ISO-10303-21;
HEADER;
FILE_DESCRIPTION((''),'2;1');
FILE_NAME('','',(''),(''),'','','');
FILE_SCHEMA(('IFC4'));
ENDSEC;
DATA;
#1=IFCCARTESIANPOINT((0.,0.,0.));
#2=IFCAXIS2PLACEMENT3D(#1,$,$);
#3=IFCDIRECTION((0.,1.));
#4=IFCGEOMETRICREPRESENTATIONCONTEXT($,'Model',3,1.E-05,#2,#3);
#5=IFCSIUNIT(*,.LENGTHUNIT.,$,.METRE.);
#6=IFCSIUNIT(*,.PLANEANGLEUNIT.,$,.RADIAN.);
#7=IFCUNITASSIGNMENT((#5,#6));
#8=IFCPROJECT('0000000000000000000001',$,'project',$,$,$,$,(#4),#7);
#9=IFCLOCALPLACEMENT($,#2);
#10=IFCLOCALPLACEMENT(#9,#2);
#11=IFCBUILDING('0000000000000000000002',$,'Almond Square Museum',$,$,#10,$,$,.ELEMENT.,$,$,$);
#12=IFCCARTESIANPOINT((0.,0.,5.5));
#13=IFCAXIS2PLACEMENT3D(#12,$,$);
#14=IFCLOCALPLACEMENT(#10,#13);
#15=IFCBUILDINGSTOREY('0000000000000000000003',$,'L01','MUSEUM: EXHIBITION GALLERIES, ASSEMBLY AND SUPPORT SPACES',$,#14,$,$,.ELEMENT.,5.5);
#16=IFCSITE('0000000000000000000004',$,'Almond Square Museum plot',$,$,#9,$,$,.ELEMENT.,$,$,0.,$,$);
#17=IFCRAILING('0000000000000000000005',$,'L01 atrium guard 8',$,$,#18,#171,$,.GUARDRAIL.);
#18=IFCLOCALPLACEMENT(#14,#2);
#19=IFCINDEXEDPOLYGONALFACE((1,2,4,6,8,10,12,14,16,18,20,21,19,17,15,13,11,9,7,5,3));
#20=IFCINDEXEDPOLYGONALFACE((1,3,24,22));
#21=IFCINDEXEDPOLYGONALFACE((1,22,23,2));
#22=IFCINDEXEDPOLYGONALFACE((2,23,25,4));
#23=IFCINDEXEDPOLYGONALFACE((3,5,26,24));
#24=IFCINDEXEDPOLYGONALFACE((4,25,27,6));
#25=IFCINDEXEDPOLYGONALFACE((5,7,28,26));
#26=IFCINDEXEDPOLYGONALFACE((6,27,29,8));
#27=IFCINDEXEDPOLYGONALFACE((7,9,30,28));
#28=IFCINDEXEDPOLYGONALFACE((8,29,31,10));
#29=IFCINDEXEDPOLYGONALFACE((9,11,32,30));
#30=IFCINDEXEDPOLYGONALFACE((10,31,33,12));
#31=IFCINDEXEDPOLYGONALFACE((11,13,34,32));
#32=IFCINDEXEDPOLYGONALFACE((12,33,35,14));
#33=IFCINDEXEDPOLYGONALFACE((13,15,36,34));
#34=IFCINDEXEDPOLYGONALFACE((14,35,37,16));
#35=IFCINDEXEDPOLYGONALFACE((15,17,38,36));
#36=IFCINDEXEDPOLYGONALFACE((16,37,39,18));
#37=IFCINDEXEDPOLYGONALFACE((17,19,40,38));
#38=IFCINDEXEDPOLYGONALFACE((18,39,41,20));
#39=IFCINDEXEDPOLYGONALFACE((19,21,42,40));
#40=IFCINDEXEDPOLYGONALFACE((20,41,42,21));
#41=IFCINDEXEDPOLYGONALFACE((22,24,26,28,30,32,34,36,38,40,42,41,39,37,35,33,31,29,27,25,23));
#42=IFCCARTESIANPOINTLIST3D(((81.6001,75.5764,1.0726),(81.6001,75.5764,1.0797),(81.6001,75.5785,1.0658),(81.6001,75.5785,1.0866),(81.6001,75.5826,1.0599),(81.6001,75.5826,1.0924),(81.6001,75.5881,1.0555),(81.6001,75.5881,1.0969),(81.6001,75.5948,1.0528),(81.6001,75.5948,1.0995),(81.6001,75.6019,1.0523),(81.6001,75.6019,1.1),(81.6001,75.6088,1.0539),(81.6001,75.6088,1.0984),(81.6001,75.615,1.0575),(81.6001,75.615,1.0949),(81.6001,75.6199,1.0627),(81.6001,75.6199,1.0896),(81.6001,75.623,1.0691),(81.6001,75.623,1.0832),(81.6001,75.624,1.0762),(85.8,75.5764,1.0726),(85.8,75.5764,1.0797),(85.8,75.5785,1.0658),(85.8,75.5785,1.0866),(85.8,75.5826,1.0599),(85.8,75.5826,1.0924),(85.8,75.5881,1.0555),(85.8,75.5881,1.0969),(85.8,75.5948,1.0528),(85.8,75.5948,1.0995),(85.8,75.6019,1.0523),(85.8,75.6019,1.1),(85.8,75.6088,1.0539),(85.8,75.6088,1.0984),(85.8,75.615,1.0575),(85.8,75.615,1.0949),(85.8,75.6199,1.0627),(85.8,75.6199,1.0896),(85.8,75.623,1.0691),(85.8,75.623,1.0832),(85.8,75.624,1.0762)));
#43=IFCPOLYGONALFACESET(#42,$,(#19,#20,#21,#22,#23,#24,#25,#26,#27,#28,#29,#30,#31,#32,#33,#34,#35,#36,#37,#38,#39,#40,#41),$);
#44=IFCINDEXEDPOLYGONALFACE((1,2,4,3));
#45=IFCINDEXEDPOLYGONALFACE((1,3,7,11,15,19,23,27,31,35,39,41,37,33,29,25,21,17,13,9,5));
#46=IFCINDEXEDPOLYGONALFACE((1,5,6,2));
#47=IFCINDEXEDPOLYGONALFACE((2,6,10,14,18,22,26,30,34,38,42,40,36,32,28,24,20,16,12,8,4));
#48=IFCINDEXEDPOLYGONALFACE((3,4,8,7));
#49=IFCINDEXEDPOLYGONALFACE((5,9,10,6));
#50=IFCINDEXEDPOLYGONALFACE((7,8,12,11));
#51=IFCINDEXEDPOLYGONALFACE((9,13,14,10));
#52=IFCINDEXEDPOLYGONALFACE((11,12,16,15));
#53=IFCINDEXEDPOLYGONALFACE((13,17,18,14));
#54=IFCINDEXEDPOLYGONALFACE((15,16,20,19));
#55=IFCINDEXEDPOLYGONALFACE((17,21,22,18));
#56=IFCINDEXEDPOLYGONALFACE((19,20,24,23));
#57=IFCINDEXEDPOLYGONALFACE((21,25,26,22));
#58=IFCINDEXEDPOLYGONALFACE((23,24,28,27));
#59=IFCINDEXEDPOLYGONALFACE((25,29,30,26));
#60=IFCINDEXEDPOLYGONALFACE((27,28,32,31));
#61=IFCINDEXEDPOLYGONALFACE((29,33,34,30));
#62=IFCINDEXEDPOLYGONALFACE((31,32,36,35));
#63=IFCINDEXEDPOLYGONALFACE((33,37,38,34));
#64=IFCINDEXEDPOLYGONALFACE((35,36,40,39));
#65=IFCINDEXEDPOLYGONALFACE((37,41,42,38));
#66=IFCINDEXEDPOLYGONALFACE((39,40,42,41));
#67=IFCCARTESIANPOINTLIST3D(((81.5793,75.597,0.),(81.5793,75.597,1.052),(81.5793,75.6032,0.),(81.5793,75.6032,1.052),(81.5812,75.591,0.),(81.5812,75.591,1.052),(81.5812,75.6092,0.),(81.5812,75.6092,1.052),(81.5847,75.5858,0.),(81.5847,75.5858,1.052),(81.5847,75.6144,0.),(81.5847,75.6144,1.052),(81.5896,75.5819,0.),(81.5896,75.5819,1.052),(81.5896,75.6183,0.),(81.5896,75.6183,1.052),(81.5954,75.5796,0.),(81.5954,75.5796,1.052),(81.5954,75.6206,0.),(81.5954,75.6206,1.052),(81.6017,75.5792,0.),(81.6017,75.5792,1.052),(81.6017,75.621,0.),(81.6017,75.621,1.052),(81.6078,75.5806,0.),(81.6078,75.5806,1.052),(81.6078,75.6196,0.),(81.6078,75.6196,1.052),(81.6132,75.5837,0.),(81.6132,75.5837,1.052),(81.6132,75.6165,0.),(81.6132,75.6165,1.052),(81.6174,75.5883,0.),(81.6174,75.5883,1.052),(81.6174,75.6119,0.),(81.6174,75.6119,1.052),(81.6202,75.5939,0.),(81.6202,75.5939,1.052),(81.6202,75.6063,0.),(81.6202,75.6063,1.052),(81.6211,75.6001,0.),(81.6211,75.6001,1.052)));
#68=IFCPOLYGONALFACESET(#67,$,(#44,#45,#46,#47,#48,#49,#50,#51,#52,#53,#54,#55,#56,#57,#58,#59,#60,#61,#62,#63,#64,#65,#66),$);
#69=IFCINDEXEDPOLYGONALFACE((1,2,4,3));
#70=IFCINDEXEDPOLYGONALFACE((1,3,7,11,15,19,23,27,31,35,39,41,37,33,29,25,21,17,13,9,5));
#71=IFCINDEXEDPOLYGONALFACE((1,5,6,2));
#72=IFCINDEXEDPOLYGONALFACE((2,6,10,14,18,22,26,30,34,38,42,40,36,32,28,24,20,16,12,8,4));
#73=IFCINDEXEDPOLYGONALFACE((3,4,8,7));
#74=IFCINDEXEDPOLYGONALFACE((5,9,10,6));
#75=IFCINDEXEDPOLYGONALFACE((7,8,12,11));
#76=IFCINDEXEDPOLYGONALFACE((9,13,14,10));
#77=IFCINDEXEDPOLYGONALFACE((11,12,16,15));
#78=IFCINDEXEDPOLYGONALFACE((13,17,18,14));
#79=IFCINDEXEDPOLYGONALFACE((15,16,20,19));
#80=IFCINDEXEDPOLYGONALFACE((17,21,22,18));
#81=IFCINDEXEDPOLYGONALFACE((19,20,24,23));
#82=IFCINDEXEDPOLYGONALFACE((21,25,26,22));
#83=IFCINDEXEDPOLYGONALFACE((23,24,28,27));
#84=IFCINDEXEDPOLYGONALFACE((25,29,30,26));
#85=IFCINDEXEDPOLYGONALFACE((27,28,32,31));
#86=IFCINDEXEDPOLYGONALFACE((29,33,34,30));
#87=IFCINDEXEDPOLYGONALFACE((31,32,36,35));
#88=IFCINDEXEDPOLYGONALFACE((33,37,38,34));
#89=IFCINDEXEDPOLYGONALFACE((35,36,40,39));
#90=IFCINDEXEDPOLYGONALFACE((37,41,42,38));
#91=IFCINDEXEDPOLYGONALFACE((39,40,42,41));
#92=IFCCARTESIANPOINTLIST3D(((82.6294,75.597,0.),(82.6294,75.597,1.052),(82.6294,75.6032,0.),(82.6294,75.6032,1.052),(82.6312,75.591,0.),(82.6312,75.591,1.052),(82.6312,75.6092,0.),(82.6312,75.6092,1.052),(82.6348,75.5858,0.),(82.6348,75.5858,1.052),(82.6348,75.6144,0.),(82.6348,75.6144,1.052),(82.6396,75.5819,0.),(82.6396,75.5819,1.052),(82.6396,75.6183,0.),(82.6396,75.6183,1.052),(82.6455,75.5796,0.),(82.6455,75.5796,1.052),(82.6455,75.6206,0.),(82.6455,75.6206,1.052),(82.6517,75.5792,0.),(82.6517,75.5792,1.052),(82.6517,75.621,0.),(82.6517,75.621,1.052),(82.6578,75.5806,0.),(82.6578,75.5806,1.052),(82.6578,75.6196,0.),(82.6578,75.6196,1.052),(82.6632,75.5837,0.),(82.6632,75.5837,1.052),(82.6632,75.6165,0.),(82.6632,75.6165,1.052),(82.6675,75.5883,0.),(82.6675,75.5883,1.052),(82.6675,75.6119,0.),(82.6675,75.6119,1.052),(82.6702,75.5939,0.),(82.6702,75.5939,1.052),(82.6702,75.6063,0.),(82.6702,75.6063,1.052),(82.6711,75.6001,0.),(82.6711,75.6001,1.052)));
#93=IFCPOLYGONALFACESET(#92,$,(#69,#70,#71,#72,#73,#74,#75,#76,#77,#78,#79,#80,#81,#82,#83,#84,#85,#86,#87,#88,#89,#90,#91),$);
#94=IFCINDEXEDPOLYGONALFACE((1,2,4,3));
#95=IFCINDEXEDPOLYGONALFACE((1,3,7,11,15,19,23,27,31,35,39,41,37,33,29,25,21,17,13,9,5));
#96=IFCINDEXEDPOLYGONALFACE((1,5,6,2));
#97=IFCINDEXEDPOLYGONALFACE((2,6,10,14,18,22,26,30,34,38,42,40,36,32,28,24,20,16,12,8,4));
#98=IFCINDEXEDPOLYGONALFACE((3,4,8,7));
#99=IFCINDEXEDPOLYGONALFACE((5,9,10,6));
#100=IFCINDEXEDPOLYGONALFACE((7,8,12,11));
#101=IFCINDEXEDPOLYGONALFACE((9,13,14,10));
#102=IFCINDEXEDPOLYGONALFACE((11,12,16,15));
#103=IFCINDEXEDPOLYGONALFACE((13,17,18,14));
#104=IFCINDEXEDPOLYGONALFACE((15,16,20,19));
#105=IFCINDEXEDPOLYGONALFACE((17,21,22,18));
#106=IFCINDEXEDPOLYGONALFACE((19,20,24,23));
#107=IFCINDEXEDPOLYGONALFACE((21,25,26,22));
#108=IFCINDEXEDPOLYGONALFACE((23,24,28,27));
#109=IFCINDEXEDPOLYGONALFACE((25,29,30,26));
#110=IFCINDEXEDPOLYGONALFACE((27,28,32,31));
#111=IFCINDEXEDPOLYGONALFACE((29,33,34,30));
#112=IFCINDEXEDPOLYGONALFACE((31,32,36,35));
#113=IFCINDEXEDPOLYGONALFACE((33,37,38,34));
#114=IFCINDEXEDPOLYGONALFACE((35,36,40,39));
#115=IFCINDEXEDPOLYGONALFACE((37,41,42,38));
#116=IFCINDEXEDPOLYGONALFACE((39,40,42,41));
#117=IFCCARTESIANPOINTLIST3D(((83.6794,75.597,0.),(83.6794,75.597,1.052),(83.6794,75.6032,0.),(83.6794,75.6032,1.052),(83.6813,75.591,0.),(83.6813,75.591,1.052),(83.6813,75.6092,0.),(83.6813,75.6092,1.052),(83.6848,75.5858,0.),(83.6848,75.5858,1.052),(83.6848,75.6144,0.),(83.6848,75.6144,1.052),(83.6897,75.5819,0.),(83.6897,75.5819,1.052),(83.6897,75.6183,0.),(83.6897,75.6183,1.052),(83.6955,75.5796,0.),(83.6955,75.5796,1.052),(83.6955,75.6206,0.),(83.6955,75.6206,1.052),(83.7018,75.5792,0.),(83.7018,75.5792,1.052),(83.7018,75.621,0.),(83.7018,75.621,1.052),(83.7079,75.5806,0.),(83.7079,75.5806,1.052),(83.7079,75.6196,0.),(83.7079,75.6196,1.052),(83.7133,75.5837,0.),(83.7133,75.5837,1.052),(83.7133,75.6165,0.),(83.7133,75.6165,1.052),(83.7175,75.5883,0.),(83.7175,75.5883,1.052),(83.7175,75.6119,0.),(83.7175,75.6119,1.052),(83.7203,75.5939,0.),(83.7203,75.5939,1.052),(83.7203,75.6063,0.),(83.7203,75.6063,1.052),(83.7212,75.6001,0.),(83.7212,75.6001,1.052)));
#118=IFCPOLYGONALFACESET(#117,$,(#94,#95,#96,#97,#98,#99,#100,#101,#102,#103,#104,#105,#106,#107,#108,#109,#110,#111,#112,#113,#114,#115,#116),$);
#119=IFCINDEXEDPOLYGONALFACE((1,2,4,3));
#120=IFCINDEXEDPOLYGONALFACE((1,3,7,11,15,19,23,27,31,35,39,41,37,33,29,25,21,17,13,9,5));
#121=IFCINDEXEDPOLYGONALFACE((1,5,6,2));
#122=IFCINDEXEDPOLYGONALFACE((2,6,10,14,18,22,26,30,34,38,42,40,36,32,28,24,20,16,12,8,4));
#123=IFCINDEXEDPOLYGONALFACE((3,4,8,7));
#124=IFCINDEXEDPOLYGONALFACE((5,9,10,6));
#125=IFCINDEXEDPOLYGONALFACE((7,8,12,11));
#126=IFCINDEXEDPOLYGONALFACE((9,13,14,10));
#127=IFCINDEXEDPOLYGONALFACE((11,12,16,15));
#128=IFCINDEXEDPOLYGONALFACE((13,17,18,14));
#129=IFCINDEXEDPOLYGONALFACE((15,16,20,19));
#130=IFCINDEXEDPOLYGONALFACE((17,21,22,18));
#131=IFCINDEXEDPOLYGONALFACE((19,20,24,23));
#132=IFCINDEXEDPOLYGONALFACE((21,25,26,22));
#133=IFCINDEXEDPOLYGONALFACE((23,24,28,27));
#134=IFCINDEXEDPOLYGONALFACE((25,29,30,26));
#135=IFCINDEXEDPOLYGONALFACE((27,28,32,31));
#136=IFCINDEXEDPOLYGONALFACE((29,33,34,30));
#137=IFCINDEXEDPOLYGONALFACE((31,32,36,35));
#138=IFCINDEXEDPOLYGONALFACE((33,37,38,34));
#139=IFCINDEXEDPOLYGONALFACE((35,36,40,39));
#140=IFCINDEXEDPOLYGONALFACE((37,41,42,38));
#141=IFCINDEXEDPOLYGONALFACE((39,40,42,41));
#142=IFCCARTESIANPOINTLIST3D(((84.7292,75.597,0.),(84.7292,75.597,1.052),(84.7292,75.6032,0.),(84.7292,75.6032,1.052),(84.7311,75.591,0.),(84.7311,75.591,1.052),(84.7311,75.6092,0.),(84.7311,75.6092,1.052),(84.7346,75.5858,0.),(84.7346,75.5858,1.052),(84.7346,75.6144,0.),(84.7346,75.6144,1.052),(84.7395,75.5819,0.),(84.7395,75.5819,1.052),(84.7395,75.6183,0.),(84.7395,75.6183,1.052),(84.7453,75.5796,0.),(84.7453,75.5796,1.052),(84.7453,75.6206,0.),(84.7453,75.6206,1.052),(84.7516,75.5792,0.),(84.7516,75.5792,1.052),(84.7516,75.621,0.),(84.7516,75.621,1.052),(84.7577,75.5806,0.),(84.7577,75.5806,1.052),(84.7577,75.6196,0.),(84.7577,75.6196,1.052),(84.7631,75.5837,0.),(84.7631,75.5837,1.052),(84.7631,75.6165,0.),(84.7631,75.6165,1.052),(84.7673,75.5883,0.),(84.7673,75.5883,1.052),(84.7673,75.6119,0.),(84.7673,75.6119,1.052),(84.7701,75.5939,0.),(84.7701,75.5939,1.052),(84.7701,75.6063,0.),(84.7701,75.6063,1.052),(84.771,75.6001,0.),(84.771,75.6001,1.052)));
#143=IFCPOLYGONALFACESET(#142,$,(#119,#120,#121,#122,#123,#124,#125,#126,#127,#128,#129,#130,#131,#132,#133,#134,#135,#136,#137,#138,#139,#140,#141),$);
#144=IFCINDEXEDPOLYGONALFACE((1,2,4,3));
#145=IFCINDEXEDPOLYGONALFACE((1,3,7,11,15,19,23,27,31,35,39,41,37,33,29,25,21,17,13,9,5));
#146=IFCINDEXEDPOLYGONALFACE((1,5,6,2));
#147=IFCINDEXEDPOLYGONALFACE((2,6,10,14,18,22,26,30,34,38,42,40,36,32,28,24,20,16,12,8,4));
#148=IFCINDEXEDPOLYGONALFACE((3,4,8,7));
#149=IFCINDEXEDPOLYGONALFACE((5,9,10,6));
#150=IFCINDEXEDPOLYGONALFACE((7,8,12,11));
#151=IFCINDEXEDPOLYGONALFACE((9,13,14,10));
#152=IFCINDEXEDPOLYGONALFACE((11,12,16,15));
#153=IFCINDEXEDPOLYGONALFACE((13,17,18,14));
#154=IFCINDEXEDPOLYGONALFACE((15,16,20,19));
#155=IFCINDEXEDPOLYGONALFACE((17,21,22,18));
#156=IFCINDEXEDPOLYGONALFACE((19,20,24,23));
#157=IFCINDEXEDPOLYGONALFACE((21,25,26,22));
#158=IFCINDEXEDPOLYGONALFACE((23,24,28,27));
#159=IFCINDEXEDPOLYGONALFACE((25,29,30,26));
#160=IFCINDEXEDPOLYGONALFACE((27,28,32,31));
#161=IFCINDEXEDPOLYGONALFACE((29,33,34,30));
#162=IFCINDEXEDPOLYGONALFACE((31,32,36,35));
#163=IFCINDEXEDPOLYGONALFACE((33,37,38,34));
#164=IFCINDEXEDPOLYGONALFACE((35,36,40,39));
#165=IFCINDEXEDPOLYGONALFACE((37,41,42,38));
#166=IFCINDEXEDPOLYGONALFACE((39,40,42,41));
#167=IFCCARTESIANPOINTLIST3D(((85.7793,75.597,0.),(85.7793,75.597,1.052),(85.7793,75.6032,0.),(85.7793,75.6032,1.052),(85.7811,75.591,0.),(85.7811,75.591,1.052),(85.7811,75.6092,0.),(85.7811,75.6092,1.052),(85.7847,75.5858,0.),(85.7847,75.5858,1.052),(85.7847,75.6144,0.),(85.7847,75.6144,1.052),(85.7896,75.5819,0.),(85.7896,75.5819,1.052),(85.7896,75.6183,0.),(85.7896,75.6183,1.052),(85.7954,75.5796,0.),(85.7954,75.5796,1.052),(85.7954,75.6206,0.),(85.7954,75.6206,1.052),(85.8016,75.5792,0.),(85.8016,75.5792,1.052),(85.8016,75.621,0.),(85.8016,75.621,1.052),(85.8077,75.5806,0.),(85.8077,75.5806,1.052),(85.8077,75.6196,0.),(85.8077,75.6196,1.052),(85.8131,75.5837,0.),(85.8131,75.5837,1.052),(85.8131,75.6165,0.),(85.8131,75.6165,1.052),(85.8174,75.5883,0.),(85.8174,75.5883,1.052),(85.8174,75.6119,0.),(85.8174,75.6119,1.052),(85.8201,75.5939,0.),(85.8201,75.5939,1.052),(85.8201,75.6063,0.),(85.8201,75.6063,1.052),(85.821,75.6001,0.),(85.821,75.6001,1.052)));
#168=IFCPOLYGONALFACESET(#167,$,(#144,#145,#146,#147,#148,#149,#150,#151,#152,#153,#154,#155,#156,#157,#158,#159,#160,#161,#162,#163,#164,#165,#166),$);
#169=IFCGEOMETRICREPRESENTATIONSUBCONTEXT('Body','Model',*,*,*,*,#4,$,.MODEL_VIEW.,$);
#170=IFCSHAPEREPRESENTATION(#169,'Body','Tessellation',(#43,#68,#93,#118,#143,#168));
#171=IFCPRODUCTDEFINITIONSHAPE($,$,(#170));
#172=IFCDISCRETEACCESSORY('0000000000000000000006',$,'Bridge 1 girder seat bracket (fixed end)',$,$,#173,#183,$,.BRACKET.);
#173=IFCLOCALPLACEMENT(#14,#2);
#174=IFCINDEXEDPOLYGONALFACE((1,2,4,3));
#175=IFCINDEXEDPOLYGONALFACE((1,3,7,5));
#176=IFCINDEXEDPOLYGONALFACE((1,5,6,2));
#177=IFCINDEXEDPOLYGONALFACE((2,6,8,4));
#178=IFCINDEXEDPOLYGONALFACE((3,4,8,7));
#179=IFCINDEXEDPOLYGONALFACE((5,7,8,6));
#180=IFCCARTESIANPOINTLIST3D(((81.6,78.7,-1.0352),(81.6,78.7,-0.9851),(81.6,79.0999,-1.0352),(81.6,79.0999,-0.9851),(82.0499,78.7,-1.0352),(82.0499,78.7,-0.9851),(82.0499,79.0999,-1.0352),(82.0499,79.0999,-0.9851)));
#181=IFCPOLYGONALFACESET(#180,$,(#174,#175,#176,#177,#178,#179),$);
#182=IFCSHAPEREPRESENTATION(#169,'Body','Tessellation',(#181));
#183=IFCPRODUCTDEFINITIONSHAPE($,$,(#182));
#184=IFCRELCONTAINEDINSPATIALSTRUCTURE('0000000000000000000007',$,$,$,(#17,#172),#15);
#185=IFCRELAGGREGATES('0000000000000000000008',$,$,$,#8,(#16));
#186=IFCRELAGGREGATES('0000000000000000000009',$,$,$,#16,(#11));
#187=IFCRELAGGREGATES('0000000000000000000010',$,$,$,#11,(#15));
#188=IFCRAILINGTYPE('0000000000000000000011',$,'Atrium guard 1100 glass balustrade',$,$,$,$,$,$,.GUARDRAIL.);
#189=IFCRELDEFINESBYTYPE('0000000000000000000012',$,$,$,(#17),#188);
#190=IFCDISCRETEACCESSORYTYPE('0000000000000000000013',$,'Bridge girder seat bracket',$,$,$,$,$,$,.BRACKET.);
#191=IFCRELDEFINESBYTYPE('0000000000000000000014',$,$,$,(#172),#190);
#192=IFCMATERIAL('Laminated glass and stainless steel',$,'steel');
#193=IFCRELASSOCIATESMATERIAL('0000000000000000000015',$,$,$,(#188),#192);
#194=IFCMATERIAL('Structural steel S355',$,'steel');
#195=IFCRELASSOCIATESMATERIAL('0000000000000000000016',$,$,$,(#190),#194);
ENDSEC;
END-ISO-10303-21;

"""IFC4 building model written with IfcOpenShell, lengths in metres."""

from ifc_helpers import new_model, si_unit, direction, frame, origin, origin_2d, place, context, subcontext, project, spatial, rectangle, circle, extrude, material, type_object, element, save


model = new_model("IFC4")

# Units and contexts
model_context = context("Model", 3, precision=1e-05, world=origin(), true_north=direction((0.0, 1.0)))
body_context = subcontext(model_context, "Body", "Model", "MODEL_VIEW")
ifc_project = project(units=[si_unit("LENGTHUNIT", "METRE"), si_unit("PLANEANGLEUNIT", "RADIAN")], contexts=[model_context])

# Site, building, storey
site_placement = place(None, origin())
site = spatial("IfcSite", under=ifc_project, at=site_placement, Name="Almond Square Museum plot", CompositionType="ELEMENT", RefElevation=0.0)
building_placement = place(site_placement, origin())
building = spatial("IfcBuilding", under=site, at=building_placement, Name="Almond Square Museum", CompositionType="ELEMENT")
storey_placement = place(building_placement, frame((0.0, 0.0, 5.5)))
storey = spatial("IfcBuildingStorey", under=building, at=storey_placement, Name="L01", Description="MUSEUM: EXHIBITION GALLERIES, ASSEMBLY AND SUPPORT SPACES", CompositionType="ELEMENT", Elevation=5.5)

# Railing
ifc_material_1 = material(Name="Laminated glass and stainless steel", Category="steel")
railing_type_1 = type_object("IfcRailingType", Name="Atrium guard 1100 glass balustrade", PredefinedType="GUARDRAIL", material=ifc_material_1)
railing_1_placement = place(storey_placement, frame((81.6001, 75.6001, 0.0)))
element("IfcRailing", 1, at=railing_1_placement, inside=storey, type_object=railing_type_1, Name="L01 atrium guard 8", PredefinedType="GUARDRAIL", context=body_context, shape_type="SweptSolid", body=[
    extrude(circle(Radius=0.0239, at=origin_2d()), frame((0.0, 0.0, 1.0762), z_axis=(1.0, 0.0, 0.0), x_axis=(0.0, 1.0, 0.0)), (0.0, 0.0, 1.0), 4.2),
    extrude(circle(Radius=0.021, at=origin_2d()), origin(), (0.0, 0.0, 1.0), 1.052),
    extrude(circle(Radius=0.021, at=origin_2d()), frame((1.05, 0.0, 0.0)), (0.0, 0.0, 1.0), 1.052),
    extrude(circle(Radius=0.021, at=origin_2d()), frame((2.1001, 0.0, 0.0)), (0.0, 0.0, 1.0), 1.052),
    extrude(circle(Radius=0.021, at=origin_2d()), frame((3.1499, 0.0, 0.0)), (0.0, 0.0, 1.0), 1.052),
    extrude(circle(Radius=0.021, at=origin_2d()), frame((4.2, 0.0, 0.0)), (0.0, 0.0, 1.0), 1.052),
])

# Discrete accessory
ifc_material_2 = material(Name="Structural steel S355", Category="steel")
discrete_accessory_type = type_object("IfcDiscreteAccessoryType", Name="Bridge girder seat bracket", PredefinedType="BRACKET", material=ifc_material_2)
discrete_accessory_placement = place(storey_placement, frame((81.825, 78.8999, -1.0352), z_axis=(0.0, 0.0, 1.0), x_axis=(1.0, 0.0, 0.0)))
element("IfcDiscreteAccessory", 2, at=discrete_accessory_placement, inside=storey, type_object=discrete_accessory_type, Name="Bridge 1 girder seat bracket (fixed end)", PredefinedType="BRACKET", context=body_context, shape_type="SweptSolid", body=[
    extrude(rectangle(XDim=0.45, YDim=0.3999, at=origin_2d()), origin(), (0.0, 0.0, 1.0), 0.05),
])

save(model, "model.ifc")
